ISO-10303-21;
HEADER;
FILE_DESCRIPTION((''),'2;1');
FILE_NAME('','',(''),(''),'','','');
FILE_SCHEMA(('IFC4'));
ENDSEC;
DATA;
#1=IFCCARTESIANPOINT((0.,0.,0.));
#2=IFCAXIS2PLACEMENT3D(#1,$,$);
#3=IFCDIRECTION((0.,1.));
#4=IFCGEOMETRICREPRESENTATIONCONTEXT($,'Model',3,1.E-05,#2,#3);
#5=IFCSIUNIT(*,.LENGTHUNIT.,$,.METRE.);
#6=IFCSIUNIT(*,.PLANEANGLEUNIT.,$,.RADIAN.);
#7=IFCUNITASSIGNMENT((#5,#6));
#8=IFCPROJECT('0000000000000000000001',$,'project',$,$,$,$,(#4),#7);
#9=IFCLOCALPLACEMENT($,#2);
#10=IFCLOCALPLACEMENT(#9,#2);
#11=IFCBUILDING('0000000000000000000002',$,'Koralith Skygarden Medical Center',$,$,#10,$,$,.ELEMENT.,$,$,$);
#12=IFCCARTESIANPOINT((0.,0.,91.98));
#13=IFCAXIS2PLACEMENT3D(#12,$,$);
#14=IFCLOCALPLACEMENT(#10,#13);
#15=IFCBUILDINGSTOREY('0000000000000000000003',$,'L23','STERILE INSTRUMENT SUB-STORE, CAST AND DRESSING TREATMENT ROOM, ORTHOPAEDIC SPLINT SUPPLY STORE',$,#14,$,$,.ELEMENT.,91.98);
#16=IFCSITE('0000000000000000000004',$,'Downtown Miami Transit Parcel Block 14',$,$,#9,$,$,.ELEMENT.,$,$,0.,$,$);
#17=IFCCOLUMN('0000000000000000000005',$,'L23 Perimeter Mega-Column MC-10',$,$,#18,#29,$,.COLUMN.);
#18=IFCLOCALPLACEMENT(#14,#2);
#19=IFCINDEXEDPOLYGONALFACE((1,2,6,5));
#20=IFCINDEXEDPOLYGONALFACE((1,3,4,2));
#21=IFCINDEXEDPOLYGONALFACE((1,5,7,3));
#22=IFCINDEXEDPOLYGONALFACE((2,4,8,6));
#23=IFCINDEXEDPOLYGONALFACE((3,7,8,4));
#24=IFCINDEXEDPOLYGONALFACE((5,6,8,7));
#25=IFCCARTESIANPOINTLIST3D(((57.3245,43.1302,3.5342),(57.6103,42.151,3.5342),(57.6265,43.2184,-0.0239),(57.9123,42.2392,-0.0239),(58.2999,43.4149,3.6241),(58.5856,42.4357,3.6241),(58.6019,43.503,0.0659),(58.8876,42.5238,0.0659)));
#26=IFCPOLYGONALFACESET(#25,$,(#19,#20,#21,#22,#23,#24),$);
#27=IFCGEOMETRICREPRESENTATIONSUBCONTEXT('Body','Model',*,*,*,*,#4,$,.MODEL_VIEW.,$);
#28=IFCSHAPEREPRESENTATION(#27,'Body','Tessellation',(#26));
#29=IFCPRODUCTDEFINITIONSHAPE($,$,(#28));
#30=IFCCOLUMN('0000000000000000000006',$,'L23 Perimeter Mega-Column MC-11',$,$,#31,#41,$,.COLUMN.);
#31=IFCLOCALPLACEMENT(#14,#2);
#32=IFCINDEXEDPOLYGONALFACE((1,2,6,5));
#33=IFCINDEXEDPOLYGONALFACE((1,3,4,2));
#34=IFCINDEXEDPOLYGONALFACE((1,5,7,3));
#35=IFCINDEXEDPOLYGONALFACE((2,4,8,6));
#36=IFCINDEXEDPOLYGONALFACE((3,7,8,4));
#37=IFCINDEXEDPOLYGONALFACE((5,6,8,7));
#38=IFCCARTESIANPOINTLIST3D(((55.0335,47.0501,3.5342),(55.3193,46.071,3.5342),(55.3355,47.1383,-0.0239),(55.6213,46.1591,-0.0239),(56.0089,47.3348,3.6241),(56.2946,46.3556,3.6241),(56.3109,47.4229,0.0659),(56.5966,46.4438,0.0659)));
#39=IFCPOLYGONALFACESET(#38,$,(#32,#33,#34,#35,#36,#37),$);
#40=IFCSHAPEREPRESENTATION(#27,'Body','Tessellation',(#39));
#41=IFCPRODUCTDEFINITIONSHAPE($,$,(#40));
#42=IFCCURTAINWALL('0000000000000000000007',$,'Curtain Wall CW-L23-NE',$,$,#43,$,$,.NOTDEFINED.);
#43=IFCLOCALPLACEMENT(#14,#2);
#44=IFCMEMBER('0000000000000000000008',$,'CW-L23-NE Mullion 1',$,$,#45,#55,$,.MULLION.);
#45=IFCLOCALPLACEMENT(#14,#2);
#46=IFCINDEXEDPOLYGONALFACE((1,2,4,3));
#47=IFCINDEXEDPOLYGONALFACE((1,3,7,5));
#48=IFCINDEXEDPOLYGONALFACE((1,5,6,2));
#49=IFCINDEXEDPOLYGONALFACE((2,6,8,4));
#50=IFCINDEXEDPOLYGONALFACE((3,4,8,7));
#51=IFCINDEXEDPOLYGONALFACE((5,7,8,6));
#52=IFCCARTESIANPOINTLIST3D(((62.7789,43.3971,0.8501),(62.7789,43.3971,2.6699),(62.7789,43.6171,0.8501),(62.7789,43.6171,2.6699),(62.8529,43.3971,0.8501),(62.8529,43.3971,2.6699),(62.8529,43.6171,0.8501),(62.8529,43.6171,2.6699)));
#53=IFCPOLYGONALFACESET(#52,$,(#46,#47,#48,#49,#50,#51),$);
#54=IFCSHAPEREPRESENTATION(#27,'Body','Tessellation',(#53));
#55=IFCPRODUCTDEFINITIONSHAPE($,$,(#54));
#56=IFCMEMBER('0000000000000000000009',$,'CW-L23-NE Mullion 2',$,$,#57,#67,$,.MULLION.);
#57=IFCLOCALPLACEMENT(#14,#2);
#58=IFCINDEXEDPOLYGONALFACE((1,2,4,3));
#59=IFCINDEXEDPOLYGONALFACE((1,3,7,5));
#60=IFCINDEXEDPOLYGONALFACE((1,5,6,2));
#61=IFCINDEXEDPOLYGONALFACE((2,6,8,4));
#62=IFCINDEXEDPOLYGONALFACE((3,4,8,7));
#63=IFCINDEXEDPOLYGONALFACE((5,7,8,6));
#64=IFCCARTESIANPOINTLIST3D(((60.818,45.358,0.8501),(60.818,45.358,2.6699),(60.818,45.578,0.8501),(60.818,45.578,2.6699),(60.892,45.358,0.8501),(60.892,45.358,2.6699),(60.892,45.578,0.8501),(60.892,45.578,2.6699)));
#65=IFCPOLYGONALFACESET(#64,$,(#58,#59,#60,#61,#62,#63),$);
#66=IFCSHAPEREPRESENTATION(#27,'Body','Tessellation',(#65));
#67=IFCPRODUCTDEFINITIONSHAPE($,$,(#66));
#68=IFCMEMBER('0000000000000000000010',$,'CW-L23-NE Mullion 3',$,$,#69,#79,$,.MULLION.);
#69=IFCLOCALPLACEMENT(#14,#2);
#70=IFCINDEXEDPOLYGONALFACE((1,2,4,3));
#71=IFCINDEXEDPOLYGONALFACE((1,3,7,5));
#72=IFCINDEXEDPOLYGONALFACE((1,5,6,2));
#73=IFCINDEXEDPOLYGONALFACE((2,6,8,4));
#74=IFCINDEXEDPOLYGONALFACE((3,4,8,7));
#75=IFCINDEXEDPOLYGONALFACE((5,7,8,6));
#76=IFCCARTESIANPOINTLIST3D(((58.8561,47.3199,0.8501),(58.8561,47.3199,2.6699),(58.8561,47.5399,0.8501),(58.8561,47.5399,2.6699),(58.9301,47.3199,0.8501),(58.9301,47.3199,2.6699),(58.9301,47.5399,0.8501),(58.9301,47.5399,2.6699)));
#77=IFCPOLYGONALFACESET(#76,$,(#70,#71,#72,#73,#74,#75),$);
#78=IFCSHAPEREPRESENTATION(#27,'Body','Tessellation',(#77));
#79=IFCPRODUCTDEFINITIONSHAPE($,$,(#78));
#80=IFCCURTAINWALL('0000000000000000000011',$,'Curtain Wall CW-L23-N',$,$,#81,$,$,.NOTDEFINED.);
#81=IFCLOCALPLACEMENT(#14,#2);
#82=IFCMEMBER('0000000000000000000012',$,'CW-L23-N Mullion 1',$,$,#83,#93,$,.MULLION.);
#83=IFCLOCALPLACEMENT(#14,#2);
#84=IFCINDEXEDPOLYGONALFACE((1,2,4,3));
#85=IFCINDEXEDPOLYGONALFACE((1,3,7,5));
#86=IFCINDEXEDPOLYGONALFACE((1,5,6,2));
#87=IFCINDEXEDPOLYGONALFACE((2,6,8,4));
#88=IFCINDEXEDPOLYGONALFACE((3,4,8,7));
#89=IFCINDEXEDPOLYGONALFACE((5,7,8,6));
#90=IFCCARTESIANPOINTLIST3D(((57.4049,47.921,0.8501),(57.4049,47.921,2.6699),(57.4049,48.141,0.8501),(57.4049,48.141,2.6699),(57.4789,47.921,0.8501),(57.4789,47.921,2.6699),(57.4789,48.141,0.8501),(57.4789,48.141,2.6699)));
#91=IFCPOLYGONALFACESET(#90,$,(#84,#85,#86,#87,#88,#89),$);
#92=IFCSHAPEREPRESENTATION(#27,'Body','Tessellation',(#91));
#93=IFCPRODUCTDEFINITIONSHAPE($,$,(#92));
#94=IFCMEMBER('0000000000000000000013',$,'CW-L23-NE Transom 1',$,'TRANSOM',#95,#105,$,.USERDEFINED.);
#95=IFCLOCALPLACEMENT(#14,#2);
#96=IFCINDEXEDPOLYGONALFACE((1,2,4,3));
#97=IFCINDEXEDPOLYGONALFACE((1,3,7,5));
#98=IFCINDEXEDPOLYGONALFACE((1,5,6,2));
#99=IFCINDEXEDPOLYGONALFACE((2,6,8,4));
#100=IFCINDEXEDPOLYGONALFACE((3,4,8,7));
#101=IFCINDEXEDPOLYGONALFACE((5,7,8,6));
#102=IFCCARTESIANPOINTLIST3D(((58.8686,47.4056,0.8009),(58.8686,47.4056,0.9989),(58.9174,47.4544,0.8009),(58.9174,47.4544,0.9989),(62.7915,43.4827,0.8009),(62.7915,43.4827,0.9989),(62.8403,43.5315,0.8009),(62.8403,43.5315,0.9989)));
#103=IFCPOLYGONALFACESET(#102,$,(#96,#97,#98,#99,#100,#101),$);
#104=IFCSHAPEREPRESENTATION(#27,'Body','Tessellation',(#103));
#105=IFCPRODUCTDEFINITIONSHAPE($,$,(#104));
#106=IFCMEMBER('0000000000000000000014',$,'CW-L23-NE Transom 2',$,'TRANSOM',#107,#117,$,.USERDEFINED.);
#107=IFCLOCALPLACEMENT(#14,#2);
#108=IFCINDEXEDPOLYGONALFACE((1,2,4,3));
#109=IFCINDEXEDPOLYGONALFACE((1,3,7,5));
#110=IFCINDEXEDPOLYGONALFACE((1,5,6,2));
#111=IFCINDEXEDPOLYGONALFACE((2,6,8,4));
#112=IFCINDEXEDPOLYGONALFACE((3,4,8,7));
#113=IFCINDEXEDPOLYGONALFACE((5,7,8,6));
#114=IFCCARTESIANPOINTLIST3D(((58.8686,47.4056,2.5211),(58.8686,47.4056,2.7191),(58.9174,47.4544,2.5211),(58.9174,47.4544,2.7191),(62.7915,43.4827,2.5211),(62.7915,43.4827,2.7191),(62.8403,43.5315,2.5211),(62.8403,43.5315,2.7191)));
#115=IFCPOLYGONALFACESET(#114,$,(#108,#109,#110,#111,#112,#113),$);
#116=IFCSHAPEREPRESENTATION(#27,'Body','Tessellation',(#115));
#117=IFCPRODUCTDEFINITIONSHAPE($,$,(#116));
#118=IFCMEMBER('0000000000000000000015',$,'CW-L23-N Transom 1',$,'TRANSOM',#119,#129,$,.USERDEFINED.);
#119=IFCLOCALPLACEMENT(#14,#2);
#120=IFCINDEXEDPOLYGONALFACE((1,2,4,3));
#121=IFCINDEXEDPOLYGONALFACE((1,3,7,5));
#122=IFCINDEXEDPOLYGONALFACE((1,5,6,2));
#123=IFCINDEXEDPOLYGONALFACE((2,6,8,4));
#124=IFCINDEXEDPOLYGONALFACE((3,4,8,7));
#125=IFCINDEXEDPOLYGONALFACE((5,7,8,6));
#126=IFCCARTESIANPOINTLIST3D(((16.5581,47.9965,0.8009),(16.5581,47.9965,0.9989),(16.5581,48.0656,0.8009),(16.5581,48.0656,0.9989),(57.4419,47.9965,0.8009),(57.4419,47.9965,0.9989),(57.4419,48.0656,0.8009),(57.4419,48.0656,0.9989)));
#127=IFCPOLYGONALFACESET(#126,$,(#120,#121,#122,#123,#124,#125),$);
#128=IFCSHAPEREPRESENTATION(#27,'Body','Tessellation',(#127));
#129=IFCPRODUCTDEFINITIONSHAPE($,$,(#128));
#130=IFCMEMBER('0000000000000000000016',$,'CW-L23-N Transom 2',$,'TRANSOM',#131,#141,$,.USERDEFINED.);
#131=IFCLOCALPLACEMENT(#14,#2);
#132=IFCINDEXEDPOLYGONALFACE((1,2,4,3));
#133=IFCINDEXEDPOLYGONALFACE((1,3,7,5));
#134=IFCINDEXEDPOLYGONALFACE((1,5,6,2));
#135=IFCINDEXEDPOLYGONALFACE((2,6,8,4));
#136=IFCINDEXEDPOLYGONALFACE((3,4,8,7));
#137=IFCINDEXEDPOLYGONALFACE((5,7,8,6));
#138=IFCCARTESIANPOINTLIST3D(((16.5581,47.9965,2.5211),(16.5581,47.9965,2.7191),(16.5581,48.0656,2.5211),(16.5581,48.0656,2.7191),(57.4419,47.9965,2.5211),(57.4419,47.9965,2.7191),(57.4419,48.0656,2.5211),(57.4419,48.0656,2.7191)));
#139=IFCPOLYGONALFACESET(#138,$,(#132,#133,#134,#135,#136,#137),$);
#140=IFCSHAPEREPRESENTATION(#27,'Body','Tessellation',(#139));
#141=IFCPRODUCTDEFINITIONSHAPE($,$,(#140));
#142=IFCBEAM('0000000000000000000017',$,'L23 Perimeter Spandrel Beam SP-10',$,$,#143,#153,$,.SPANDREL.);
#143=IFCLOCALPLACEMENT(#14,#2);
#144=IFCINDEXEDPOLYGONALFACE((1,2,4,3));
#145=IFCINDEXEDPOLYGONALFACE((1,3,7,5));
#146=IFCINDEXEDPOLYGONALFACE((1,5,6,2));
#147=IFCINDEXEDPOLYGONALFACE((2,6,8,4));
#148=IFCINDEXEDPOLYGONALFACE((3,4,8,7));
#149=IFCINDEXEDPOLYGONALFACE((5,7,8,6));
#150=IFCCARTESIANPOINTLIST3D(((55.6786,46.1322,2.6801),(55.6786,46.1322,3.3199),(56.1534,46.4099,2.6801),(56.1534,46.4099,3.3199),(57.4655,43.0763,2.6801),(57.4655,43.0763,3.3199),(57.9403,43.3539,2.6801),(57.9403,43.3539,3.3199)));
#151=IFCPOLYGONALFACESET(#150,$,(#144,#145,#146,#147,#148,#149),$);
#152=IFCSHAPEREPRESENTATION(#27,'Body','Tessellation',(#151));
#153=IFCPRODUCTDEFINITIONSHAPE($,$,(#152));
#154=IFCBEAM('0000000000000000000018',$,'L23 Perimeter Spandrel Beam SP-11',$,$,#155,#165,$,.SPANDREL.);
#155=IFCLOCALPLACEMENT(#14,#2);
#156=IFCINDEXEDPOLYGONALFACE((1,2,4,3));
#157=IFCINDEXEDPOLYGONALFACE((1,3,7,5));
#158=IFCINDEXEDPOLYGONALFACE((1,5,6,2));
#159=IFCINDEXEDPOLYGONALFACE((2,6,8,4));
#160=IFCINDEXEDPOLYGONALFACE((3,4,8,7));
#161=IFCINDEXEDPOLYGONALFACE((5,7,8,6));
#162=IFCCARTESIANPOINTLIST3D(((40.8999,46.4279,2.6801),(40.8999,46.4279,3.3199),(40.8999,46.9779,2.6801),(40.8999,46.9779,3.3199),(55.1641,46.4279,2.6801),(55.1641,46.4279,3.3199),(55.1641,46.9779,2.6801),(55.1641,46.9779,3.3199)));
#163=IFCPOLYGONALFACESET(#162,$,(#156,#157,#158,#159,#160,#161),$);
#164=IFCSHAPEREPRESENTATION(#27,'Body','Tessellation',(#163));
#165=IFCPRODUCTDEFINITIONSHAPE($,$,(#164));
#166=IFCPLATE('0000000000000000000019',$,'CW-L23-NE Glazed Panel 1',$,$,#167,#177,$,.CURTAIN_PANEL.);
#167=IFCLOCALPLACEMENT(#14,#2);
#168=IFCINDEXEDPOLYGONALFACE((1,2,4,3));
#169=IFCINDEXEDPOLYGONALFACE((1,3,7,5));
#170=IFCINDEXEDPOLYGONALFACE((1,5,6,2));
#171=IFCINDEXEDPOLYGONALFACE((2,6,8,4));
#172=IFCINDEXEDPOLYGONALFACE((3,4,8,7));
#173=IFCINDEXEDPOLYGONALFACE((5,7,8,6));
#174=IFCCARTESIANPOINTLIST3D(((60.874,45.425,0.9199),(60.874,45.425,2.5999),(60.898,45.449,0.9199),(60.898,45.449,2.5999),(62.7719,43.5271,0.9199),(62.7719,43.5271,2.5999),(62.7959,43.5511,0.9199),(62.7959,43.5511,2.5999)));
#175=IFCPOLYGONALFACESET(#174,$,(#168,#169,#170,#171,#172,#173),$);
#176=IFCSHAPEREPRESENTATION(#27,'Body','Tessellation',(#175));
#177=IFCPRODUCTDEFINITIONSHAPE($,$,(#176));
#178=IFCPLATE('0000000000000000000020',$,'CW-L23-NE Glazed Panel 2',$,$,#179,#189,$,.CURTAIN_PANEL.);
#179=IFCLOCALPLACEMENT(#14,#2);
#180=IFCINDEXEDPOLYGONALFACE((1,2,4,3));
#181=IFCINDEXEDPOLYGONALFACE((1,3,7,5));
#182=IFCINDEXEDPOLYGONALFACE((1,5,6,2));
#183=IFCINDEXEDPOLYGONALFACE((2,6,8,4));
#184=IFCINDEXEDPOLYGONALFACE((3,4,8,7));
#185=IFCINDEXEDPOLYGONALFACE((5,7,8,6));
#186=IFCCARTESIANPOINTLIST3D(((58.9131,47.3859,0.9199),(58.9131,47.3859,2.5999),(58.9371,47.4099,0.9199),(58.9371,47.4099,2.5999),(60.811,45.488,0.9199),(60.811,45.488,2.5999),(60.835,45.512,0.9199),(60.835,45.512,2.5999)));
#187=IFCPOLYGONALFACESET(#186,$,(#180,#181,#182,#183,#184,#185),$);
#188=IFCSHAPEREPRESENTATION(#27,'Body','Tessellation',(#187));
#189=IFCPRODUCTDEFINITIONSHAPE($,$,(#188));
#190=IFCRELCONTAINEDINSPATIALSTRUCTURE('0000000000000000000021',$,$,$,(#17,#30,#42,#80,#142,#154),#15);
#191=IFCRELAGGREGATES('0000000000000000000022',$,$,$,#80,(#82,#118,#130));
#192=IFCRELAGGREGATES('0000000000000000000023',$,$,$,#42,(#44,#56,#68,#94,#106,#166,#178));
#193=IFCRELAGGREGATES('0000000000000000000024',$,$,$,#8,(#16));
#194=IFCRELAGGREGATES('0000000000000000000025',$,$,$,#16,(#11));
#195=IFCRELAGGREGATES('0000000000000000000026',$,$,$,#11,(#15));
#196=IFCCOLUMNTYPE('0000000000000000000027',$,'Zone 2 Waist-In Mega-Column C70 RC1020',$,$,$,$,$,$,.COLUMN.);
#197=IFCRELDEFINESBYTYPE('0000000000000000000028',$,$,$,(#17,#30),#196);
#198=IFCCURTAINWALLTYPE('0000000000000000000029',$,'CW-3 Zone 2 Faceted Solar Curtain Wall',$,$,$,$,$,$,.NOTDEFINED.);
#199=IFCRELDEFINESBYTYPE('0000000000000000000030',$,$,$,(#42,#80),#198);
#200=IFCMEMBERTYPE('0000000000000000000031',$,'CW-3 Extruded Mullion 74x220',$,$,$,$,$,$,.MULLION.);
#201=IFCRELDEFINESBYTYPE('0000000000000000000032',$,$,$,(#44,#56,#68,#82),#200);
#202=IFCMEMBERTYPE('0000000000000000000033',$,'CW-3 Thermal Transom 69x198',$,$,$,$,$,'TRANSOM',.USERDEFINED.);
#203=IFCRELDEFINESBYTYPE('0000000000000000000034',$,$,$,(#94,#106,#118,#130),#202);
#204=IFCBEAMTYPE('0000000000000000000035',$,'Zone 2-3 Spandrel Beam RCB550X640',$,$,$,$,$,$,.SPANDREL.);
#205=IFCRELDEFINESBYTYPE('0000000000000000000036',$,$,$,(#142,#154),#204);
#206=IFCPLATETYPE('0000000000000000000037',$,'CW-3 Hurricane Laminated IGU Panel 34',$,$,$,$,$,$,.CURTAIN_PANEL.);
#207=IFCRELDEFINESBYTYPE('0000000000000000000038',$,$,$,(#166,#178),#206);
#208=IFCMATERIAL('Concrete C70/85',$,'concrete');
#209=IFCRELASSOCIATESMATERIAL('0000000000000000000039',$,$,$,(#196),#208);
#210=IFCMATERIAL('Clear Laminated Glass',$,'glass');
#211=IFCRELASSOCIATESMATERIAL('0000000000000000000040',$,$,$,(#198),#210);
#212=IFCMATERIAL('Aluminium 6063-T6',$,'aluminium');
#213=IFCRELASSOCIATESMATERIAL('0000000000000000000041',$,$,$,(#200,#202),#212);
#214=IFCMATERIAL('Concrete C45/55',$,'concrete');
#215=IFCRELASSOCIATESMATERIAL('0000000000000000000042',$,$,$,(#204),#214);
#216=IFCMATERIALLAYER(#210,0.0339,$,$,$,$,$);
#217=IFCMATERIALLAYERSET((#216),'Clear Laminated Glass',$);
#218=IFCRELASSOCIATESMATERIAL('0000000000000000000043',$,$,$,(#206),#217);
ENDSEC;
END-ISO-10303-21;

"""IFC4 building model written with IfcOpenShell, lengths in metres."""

from ifc_helpers import new_model, si_unit, direction, frame, origin, origin_2d, place, context, subcontext, project, spatial, rectangle, extrude, material, layer, layer_set, material_profile, profile_set, type_object, element, aggregate, save


model = new_model("IFC4")

# Units and contexts
model_context = context("Model", 3, precision=1e-05, world=origin(), true_north=direction((0.0, 1.0)))
body_context = subcontext(model_context, "Body", "Model", "MODEL_VIEW")
ifc_project = project(units=[si_unit("LENGTHUNIT", "METRE"), si_unit("PLANEANGLEUNIT", "RADIAN")], contexts=[model_context])

# Site, building, storey
site_placement = place(None, origin())
site = spatial("IfcSite", under=ifc_project, at=site_placement, Name="Downtown Miami Transit Parcel Block 14", CompositionType="ELEMENT", RefElevation=0.0)
building_placement = place(site_placement, origin())
building = spatial("IfcBuilding", under=site, at=building_placement, Name="Koralith Skygarden Medical Center", CompositionType="ELEMENT")
storey_placement = place(building_placement, frame((0.0, 0.0, 91.98)))
storey = spatial("IfcBuildingStorey", under=building, at=storey_placement, Name="L23", Description="STERILE INSTRUMENT SUB-STORE, CAST AND DRESSING TREATMENT ROOM, ORTHOPAEDIC SPLINT SUPPLY STORE", CompositionType="ELEMENT", Elevation=91.98)

# Columns
ifc_material_1 = material(Name="Concrete C70/85", Category="concrete")
ifc_material_profile_1 = material_profile(ifc_material_1, rectangle(XDim=1.02, YDim=1.02, at=origin_2d()), Name="RC1020X1020")
ifc_profile_set_1 = profile_set([ifc_material_profile_1], Name="Concrete C70/85")
column_type = type_object("IfcColumnType", Name="Zone 2 Waist-In Mega-Column C70 RC1020", PredefinedType="COLUMN", material=ifc_profile_set_1)
for number, where, z_axis, x_axis, name in (
    (1, (58.2571, 42.8711, 0.021), (-0.084547, -0.024674, 0.996114), (0.280149, -0.959957, 0.0), "L23 Perimeter Mega-Column MC-10"),
    (2, (55.9661, 46.791, 0.021), (-0.084547, -0.024674, 0.996114), (0.280149, -0.959957, 0.0), "L23 Perimeter Mega-Column MC-11"),
):
    element("IfcColumn", number, at=place(storey_placement, frame(where, z_axis=z_axis, x_axis=x_axis)), inside=storey, type_object=column_type, Name=name, PredefinedType="COLUMN", context=body_context, shape_type="SweptSolid", body=[
        extrude(rectangle(XDim=1.02, YDim=1.02, at=origin_2d()), origin(), (0.0, 0.0, 1.0), 3.572),
    ])

# Curtain wall, members
ifc_material_2 = material(Name="Clear Laminated Glass", Category="glass")
curtain_wall_type = type_object("IfcCurtainWallType", Name="CW-3 Zone 2 Faceted Solar Curtain Wall", PredefinedType="NOTDEFINED", material=ifc_material_2)
curtain_wall_1_placement = place(storey_placement, origin())
curtain_wall_1 = element("IfcCurtainWall", 3, at=curtain_wall_1_placement, inside=storey, type_object=curtain_wall_type, Name="Curtain Wall CW-L23-NE", PredefinedType="NOTDEFINED")
ifc_material_3 = material(Name="Aluminium 6063-T6", Category="aluminium")
ifc_material_profile_2 = material_profile(ifc_material_3, rectangle(XDim=0.074, YDim=0.22, at=origin_2d()), Name="MUL74X220")
ifc_profile_set_2 = profile_set([ifc_material_profile_2], Name="Aluminium 6063-T6")
member_type_1 = type_object("IfcMemberType", Name="CW-3 Extruded Mullion 74x220", PredefinedType="MULLION", material=ifc_profile_set_2)
member_1_placement = place(storey_placement, frame((62.8159, 43.5071, 0.8501), z_axis=(0.0, 0.0, 1.0), x_axis=(1.0, 0.0, 0.0)))
member_1 = element("IfcMember", 4, at=member_1_placement, type_object=member_type_1, Name="CW-L23-NE Mullion 1", PredefinedType="MULLION", context=body_context, shape_type="SweptSolid", body=[
    extrude(rectangle(XDim=0.074, YDim=0.22, at=origin_2d()), origin(), (0.0, 0.0, 1.0), 1.8198),
])
member_2_placement = place(storey_placement, frame((60.855, 45.468, 0.8501), z_axis=(0.0, 0.0, 1.0), x_axis=(1.0, 0.0, 0.0)))
member_2 = element("IfcMember", 5, at=member_2_placement, type_object=member_type_1, Name="CW-L23-NE Mullion 2", PredefinedType="MULLION", context=body_context, shape_type="SweptSolid", body=[
    extrude(rectangle(XDim=0.074, YDim=0.22, at=origin_2d()), origin(), (0.0, 0.0, 1.0), 1.8198),
])
member_3_placement = place(storey_placement, frame((58.8931, 47.4299, 0.8501), z_axis=(0.0, 0.0, 1.0), x_axis=(1.0, 0.0, 0.0)))
member_3 = element("IfcMember", 6, at=member_3_placement, type_object=member_type_1, Name="CW-L23-NE Mullion 3", PredefinedType="MULLION", context=body_context, shape_type="SweptSolid", body=[
    extrude(rectangle(XDim=0.074, YDim=0.22, at=origin_2d()), origin(), (0.0, 0.0, 1.0), 1.8198),
])

# Curtain wall, member
curtain_wall_2_placement = place(storey_placement, origin())
curtain_wall_2 = element("IfcCurtainWall", 7, at=curtain_wall_2_placement, inside=storey, type_object=curtain_wall_type, Name="Curtain Wall CW-L23-N", PredefinedType="NOTDEFINED")
member_4_placement = place(storey_placement, frame((57.4419, 48.031, 0.8501), z_axis=(0.0, 0.0, 1.0), x_axis=(1.0, 0.0, 0.0)))
member_4 = element("IfcMember", 8, at=member_4_placement, type_object=member_type_1, Name="CW-L23-N Mullion 1", PredefinedType="MULLION", context=body_context, shape_type="SweptSolid", body=[
    extrude(rectangle(XDim=0.074, YDim=0.22, at=origin_2d()), origin(), (0.0, 0.0, 1.0), 1.8198),
])

# Members
ifc_material_profile_3 = material_profile(ifc_material_3, rectangle(XDim=0.0691, YDim=0.198, at=origin_2d()), Name="TRN69X198")
ifc_profile_set_3 = profile_set([ifc_material_profile_3], Name="Aluminium 6063-T6")
member_type_2 = type_object("IfcMemberType", Name="CW-3 Thermal Transom 69x198", ElementType="TRANSOM", PredefinedType="USERDEFINED", material=ifc_profile_set_3)
member_5_placement = place(storey_placement, frame((62.8159, 43.5071, 0.8999), z_axis=(-0.707107, 0.707107, 0.0), x_axis=(-0.707107, -0.707107, 0.0)))
member_5 = element("IfcMember", 9, at=member_5_placement, type_object=member_type_2, Name="CW-L23-NE Transom 1", ObjectType="TRANSOM", PredefinedType="USERDEFINED", context=body_context, shape_type="SweptSolid", body=[
    extrude(rectangle(XDim=0.0691, YDim=0.198, at=origin_2d()), origin(), (0.0, 0.0, 1.0), 5.5479),
])
member_6_placement = place(storey_placement, frame((62.8159, 43.5071, 2.6201), z_axis=(-0.707107, 0.707107, 0.0), x_axis=(-0.707107, -0.707107, 0.0)))
member_6 = element("IfcMember", 10, at=member_6_placement, type_object=member_type_2, Name="CW-L23-NE Transom 2", ObjectType="TRANSOM", PredefinedType="USERDEFINED", context=body_context, shape_type="SweptSolid", body=[
    extrude(rectangle(XDim=0.0691, YDim=0.198, at=origin_2d()), origin(), (0.0, 0.0, 1.0), 5.5479),
])
member_7_placement = place(storey_placement, frame((57.4419, 48.031, 0.8999), z_axis=(-1.0, 0.0, 0.0), x_axis=(0.0, -1.0, 0.0)))
member_7 = element("IfcMember", 11, at=member_7_placement, type_object=member_type_2, Name="CW-L23-N Transom 1", ObjectType="TRANSOM", PredefinedType="USERDEFINED", context=body_context, shape_type="SweptSolid", body=[
    extrude(rectangle(XDim=0.0691, YDim=0.198, at=origin_2d()), origin(), (0.0, 0.0, 1.0), 40.8838),
])
member_8_placement = place(storey_placement, frame((57.4419, 48.031, 2.6201), z_axis=(-1.0, 0.0, 0.0), x_axis=(0.0, -1.0, 0.0)))
member_8 = element("IfcMember", 12, at=member_8_placement, type_object=member_type_2, Name="CW-L23-N Transom 2", ObjectType="TRANSOM", PredefinedType="USERDEFINED", context=body_context, shape_type="SweptSolid", body=[
    extrude(rectangle(XDim=0.0691, YDim=0.198, at=origin_2d()), origin(), (0.0, 0.0, 1.0), 40.8838),
])
aggregate(curtain_wall_2, [member_4, member_7, member_8])

# Beams
ifc_material_4 = material(Name="Concrete C45/55", Category="concrete")
ifc_material_profile_4 = material_profile(ifc_material_4, rectangle(XDim=0.55, YDim=0.6399, at=origin_2d()), Name="RCB550X640")
ifc_profile_set_4 = profile_set([ifc_material_profile_4], Name="Concrete C45/55")
beam_type = type_object("IfcBeamType", Name="Zone 2-3 Spandrel Beam RCB550X640", PredefinedType="SPANDREL", material=ifc_profile_set_4)
beam_1_placement = place(storey_placement, frame((57.7029, 43.2151, 3.0), z_axis=(-0.504767, 0.863256, 0.0), x_axis=(-0.863256, -0.504767, 0.0)))
element("IfcBeam", 13, at=beam_1_placement, inside=storey, type_object=beam_type, Name="L23 Perimeter Spandrel Beam SP-10", PredefinedType="SPANDREL", context=body_context, shape_type="SweptSolid", body=[
    extrude(rectangle(XDim=0.55, YDim=0.6399, at=origin_2d()), origin(), (0.0, 0.0, 1.0), 3.54),
])
beam_2_placement = place(storey_placement, frame((55.1641, 46.7029, 3.0), z_axis=(-1.0, 0.0, 0.0), x_axis=(0.0, -1.0, 0.0)))
element("IfcBeam", 14, at=beam_2_placement, inside=storey, type_object=beam_type, Name="L23 Perimeter Spandrel Beam SP-11", PredefinedType="SPANDREL", context=body_context, shape_type="SweptSolid", body=[
    extrude(rectangle(XDim=0.55, YDim=0.6399, at=origin_2d()), origin(), (0.0, 0.0, 1.0), 14.2642),
])

# Plates
ifc_layer_1 = layer(ifc_material_2, 0.0339)
ifc_layer_set_1 = layer_set([ifc_layer_1], Name="Clear Laminated Glass")
plate_type_1 = type_object("IfcPlateType", Name="CW-3 Hurricane Laminated IGU Panel 34", PredefinedType="CURTAIN_PANEL", material=ifc_layer_set_1)
plate_1_placement = place(storey_placement, frame((61.835, 44.488, 0.9199), z_axis=(0.0, 0.0, 1.0), x_axis=(-0.707107, 0.707107, 0.0)))
plate_1 = element("IfcPlate", 15, at=plate_1_placement, type_object=plate_type_1, Name="CW-L23-NE Glazed Panel 1", PredefinedType="CURTAIN_PANEL", context=body_context, shape_type="SweptSolid", body=[
    extrude(rectangle(XDim=2.6841, YDim=0.0339, at=origin_2d()), origin(), (0.0, 0.0, 1.0), 1.6799),
])
plate_2_placement = place(storey_placement, frame((59.874, 46.449, 0.9199), z_axis=(0.0, 0.0, 1.0), x_axis=(-0.707107, 0.707107, 0.0)))
plate_2 = element("IfcPlate", 16, at=plate_2_placement, type_object=plate_type_1, Name="CW-L23-NE Glazed Panel 2", PredefinedType="CURTAIN_PANEL", context=body_context, shape_type="SweptSolid", body=[
    extrude(rectangle(XDim=2.6841, YDim=0.0339, at=origin_2d()), origin(), (0.0, 0.0, 1.0), 1.6799),
])
aggregate(curtain_wall_1, [member_1, member_2, member_3, member_5, member_6, plate_1, plate_2])

save(model, "model.ifc")
